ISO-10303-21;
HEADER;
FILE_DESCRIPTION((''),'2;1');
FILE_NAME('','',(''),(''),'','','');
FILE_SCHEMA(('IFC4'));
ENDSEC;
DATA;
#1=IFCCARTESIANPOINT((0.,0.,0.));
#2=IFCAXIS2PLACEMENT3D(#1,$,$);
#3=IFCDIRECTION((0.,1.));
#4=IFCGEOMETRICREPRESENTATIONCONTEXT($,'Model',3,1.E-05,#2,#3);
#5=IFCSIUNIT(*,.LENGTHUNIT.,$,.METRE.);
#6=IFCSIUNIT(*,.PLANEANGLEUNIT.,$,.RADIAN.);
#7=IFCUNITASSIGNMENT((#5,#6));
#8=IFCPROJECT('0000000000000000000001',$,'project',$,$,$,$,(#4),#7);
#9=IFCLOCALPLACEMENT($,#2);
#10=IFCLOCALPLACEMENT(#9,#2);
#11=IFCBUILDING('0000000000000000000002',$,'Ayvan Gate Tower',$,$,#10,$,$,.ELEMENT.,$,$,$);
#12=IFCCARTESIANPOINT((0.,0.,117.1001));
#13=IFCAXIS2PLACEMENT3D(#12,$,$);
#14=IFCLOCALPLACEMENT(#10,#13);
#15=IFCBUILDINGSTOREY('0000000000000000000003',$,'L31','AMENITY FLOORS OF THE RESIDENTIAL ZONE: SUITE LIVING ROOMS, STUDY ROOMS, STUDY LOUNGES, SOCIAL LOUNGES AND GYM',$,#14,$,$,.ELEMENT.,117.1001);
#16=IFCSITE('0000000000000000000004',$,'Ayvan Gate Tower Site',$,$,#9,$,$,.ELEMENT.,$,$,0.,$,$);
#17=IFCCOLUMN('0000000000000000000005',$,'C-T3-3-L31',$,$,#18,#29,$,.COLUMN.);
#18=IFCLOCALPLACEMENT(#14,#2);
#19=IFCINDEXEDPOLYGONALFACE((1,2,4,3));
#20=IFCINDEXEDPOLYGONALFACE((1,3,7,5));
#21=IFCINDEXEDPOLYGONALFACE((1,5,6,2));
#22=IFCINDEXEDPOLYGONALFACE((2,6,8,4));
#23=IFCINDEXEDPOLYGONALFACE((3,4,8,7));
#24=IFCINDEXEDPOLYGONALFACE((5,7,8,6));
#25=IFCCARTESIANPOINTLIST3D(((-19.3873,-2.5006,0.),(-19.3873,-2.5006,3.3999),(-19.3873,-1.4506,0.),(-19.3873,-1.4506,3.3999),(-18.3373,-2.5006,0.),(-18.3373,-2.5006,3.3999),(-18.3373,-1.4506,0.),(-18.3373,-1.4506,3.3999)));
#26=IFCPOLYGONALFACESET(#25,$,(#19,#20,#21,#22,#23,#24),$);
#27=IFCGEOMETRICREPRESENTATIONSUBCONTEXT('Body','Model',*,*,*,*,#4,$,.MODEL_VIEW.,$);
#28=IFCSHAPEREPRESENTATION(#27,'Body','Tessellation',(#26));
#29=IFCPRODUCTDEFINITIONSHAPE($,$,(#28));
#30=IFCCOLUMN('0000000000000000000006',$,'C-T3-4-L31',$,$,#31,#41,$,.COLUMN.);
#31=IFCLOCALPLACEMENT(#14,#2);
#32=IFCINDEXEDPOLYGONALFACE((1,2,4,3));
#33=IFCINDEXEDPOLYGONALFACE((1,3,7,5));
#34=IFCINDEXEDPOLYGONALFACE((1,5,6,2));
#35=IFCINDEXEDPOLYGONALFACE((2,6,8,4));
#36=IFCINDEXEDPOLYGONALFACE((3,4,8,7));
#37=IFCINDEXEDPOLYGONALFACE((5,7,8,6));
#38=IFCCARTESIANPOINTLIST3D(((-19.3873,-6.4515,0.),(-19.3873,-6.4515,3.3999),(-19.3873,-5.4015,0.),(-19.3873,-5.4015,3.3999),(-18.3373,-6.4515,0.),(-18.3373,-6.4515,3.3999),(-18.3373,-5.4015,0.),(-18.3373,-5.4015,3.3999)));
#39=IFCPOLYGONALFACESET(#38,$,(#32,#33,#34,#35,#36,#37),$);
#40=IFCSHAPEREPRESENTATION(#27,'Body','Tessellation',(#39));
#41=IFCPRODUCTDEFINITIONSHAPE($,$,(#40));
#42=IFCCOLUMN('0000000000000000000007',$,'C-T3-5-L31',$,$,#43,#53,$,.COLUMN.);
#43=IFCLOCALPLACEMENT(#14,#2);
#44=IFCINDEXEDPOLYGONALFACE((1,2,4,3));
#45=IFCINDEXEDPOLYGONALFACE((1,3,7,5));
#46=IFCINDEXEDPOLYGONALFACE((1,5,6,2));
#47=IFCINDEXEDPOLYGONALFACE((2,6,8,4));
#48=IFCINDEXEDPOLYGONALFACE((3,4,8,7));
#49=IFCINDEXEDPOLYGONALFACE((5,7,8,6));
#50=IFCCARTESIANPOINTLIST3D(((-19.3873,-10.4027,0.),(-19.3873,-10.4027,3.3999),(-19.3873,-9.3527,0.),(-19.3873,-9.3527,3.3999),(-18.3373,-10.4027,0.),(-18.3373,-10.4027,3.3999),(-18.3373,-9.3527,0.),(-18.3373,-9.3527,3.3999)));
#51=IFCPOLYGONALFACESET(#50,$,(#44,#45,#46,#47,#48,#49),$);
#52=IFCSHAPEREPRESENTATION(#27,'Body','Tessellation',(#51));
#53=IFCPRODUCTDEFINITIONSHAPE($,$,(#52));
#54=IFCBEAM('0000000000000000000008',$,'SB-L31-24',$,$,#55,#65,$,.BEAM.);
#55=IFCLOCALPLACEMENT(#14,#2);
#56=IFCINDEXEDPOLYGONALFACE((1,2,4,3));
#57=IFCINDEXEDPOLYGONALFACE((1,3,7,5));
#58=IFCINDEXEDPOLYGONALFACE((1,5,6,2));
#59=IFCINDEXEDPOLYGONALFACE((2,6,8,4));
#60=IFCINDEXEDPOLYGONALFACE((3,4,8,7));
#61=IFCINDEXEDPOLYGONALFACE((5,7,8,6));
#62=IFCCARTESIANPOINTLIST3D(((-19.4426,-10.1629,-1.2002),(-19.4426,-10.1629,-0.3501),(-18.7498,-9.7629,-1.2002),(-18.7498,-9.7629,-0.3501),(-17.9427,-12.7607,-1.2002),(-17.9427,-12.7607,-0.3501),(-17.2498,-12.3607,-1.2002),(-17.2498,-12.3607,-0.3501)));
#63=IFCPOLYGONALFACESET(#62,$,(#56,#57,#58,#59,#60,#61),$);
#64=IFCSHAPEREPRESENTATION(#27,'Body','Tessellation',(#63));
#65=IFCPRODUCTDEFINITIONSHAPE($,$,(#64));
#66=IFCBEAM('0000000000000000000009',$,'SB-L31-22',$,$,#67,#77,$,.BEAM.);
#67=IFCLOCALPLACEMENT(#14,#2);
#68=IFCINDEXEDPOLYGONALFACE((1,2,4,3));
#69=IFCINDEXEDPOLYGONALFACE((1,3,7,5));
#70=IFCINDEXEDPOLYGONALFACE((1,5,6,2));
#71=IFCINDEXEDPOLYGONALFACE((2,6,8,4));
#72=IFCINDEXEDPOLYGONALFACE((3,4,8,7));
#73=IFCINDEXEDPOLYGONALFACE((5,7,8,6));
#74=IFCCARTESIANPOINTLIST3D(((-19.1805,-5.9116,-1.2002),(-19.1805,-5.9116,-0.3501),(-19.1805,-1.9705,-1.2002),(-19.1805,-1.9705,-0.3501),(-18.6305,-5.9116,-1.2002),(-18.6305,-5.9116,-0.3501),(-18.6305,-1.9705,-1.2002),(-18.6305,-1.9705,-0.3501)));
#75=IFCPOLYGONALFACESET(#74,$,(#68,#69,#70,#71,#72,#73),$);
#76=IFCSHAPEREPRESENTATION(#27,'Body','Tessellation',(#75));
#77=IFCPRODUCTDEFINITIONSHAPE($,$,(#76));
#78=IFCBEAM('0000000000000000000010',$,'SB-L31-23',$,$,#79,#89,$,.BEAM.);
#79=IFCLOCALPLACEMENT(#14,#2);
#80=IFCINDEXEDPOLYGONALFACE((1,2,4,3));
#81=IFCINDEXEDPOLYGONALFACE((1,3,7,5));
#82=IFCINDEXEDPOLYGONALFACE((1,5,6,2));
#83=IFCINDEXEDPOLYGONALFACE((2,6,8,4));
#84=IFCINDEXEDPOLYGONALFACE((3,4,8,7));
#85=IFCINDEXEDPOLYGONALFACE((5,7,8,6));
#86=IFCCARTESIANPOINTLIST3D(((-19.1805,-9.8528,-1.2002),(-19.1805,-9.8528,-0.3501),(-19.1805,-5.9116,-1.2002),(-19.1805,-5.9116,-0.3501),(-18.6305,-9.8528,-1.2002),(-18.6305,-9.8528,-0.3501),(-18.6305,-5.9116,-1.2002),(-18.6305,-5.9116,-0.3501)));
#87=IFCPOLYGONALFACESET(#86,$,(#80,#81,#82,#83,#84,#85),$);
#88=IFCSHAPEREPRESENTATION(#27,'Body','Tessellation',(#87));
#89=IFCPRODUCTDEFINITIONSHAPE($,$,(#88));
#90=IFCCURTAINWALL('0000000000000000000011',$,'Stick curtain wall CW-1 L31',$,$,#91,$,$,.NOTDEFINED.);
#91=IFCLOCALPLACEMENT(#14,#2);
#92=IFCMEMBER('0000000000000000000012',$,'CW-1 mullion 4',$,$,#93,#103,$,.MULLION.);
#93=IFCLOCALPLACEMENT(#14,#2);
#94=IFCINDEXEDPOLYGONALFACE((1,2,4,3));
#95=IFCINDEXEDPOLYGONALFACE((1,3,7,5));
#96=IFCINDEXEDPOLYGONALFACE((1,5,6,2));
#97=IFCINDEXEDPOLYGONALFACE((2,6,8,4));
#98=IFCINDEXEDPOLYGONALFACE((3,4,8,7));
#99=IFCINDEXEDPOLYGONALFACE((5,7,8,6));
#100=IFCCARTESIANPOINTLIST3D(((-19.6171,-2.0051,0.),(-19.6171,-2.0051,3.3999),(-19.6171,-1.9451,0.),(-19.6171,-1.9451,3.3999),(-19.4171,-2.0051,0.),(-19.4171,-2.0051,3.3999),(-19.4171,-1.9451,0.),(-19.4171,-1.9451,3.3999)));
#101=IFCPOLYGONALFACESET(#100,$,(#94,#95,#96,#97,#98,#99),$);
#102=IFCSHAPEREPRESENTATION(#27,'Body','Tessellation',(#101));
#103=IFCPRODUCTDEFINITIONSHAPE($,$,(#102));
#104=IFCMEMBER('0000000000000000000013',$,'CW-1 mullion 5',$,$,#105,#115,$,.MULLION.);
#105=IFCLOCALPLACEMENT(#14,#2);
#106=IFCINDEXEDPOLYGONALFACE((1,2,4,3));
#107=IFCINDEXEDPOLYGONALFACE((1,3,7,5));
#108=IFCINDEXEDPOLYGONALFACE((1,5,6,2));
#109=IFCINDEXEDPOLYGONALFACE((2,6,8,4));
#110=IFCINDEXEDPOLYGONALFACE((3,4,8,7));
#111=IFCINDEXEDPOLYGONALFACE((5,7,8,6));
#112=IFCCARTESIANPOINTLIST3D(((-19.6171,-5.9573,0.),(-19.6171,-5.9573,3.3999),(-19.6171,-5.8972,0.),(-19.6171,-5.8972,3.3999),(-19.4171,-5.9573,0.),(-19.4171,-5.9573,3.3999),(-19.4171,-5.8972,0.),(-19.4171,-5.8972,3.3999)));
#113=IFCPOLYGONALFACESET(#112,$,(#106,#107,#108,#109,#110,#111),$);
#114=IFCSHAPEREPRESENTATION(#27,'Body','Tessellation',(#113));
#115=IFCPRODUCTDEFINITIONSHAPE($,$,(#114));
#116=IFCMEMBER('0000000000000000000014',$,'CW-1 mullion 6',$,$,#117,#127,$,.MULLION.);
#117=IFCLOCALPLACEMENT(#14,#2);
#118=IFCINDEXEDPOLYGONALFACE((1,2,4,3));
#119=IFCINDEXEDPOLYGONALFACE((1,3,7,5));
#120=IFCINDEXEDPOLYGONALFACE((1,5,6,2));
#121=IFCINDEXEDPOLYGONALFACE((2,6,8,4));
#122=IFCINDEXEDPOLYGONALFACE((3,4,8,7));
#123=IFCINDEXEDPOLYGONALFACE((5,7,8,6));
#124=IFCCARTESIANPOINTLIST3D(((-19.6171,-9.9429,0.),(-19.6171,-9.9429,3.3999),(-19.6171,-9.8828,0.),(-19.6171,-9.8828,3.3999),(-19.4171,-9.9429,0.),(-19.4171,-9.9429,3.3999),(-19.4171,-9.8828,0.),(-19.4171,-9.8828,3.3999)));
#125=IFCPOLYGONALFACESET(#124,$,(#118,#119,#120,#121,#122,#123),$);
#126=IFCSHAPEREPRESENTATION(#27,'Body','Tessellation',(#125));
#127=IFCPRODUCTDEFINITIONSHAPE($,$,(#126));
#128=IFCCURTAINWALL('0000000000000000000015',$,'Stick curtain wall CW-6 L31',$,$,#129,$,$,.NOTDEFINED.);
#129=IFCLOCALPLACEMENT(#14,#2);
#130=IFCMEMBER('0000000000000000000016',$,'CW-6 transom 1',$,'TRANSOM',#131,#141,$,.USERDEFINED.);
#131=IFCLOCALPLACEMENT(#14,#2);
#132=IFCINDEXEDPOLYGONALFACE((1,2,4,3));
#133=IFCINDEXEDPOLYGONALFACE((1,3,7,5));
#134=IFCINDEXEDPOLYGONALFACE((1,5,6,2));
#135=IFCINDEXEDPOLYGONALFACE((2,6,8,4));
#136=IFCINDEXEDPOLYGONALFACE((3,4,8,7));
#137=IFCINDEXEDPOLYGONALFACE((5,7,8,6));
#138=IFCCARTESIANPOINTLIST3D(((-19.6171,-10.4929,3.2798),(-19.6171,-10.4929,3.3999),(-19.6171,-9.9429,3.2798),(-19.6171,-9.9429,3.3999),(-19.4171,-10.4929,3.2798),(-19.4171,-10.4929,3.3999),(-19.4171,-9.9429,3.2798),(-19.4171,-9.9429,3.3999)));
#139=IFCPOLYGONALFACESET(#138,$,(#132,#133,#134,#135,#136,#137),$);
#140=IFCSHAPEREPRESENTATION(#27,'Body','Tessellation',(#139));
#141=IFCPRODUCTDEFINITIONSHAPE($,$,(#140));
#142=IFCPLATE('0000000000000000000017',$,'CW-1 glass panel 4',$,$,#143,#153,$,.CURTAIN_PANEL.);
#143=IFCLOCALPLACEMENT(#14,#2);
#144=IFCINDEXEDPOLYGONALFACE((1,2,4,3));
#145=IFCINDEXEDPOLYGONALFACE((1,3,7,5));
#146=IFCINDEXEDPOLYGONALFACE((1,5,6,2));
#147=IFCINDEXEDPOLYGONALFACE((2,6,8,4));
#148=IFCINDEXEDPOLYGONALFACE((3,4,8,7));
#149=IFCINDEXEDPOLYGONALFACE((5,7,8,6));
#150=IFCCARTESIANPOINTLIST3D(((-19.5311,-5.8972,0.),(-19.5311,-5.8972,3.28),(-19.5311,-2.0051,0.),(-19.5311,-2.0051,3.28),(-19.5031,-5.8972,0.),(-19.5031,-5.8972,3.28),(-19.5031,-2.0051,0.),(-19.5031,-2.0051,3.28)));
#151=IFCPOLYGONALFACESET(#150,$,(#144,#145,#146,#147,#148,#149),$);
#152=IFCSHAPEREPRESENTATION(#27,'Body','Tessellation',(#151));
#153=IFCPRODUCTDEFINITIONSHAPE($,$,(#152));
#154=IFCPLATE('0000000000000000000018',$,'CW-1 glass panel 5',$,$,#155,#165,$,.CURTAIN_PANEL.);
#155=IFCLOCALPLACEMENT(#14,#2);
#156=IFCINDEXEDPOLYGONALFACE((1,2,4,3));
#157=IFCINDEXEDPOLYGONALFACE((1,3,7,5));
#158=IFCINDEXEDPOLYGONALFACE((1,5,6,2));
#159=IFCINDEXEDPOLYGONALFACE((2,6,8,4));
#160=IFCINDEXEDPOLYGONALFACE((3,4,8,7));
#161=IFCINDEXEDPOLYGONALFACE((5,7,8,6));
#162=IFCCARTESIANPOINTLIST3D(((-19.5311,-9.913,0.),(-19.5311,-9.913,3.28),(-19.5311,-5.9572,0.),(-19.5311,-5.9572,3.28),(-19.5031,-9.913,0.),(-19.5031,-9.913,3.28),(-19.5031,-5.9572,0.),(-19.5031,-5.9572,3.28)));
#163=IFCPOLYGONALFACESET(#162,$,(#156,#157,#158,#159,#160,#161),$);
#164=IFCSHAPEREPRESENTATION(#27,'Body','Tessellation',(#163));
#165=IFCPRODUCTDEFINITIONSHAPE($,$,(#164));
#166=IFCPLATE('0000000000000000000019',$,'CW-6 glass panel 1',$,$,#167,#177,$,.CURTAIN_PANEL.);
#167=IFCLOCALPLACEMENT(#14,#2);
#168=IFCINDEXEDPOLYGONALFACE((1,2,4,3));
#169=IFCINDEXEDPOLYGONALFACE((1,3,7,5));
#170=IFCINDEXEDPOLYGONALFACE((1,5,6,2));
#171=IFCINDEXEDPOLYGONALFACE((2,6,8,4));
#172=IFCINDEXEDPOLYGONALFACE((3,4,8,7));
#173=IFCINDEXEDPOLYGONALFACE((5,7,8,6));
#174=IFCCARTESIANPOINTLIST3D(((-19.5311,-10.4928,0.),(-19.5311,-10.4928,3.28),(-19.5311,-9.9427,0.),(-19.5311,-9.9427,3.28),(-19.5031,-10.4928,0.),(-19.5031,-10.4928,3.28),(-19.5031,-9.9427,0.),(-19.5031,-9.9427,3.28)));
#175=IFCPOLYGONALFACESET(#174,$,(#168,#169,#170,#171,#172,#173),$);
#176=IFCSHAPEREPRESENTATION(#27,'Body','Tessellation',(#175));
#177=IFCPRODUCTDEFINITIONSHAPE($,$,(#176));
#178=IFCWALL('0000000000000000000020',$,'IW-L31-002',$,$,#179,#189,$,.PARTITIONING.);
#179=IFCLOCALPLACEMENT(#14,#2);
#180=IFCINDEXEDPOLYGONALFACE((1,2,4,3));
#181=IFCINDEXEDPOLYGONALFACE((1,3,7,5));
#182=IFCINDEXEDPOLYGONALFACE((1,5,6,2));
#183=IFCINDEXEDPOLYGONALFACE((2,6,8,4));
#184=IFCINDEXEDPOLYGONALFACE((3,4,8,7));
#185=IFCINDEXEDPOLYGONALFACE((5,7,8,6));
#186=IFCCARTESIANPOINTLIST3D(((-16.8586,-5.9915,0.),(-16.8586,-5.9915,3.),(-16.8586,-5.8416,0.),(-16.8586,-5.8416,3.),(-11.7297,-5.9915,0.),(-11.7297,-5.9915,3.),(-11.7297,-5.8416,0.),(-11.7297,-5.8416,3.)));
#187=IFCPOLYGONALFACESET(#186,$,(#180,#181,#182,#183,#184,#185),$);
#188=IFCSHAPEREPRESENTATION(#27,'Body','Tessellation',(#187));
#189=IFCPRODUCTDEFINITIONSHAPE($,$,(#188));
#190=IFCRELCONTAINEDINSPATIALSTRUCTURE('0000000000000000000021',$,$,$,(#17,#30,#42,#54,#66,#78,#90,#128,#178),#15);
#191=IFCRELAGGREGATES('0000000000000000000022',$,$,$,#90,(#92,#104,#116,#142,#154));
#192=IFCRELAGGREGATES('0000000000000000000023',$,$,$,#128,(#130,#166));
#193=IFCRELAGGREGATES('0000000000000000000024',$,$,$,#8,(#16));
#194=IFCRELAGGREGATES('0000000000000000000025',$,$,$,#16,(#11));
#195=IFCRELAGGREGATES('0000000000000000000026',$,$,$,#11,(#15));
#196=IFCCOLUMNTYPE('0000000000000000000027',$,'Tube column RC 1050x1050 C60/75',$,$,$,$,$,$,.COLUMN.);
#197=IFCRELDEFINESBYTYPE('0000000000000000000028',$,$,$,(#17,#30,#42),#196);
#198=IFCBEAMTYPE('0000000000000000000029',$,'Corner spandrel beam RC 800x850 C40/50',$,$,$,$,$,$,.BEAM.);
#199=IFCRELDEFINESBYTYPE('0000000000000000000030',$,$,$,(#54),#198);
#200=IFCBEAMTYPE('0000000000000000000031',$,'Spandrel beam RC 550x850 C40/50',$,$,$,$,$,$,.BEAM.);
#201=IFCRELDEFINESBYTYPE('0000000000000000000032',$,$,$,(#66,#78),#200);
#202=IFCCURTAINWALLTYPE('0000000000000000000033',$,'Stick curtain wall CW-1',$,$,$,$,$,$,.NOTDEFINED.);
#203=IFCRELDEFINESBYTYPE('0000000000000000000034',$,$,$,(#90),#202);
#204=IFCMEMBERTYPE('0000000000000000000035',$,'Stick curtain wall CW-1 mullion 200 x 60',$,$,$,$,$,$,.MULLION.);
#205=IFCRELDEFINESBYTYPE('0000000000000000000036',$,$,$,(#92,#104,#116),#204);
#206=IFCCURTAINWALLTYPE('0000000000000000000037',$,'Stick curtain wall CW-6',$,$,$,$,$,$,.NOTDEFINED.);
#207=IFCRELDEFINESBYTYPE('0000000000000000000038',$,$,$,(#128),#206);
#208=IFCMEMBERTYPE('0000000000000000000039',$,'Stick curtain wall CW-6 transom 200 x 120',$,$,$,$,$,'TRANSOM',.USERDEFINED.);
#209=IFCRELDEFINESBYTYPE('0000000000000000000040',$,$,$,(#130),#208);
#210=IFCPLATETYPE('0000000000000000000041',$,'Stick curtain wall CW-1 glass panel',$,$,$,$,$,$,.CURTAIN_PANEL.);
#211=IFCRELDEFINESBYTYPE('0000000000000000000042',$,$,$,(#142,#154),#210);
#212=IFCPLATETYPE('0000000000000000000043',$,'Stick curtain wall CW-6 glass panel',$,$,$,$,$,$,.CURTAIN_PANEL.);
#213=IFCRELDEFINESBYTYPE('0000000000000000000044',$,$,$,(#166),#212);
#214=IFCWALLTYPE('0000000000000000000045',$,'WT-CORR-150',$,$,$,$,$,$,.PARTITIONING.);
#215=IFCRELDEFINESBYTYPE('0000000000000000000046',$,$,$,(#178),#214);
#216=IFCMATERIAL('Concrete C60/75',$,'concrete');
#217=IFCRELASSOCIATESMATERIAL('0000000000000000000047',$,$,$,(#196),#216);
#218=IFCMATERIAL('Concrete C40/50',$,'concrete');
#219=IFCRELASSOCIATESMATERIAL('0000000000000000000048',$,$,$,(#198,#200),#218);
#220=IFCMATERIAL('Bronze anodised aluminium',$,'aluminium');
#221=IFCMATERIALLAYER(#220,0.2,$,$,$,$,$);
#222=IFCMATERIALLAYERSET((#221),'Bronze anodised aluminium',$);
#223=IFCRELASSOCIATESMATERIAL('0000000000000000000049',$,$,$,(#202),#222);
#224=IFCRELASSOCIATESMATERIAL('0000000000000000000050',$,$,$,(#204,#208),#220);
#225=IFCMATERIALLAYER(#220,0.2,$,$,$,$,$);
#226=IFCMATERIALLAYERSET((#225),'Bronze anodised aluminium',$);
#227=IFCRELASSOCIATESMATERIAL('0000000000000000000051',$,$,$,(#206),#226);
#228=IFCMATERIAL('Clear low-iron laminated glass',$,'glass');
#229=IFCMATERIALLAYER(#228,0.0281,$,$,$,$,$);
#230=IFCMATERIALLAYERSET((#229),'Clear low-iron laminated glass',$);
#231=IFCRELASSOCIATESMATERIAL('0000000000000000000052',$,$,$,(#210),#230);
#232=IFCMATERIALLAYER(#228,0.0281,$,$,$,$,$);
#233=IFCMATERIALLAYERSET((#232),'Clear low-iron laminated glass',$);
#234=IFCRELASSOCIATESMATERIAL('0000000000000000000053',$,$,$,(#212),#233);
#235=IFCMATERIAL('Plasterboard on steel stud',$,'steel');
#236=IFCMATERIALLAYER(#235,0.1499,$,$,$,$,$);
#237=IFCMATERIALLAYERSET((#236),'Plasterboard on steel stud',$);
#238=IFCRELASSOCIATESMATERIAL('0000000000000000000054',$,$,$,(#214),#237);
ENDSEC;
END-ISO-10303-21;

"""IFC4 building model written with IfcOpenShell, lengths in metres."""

from ifc_helpers import new_model, si_unit, direction, frame, frame_2d, origin, origin_2d, place, context, subcontext, project, spatial, rectangle, extrude, material, layer, layer_set, material_profile, profile_set, type_object, element, aggregate, save


model = new_model("IFC4")

# Units and contexts
model_context = context("Model", 3, precision=1e-05, world=origin(), true_north=direction((0.0, 1.0)))
body_context = subcontext(model_context, "Body", "Model", "MODEL_VIEW")
ifc_project = project(units=[si_unit("LENGTHUNIT", "METRE"), si_unit("PLANEANGLEUNIT", "RADIAN")], contexts=[model_context])

# Site, building, storey
site_placement = place(None, origin())
site = spatial("IfcSite", under=ifc_project, at=site_placement, Name="Ayvan Gate Tower Site", CompositionType="ELEMENT", RefElevation=0.0)
building_placement = place(site_placement, origin())
building = spatial("IfcBuilding", under=site, at=building_placement, Name="Ayvan Gate Tower", CompositionType="ELEMENT")
storey_placement = place(building_placement, frame((0.0, 0.0, 117.1001)))
storey = spatial("IfcBuildingStorey", under=building, at=storey_placement, Name="L31", Description="AMENITY FLOORS OF THE RESIDENTIAL ZONE: SUITE LIVING ROOMS, STUDY ROOMS, STUDY LOUNGES, SOCIAL LOUNGES AND GYM", CompositionType="ELEMENT", Elevation=117.1001)

# Columns
ifc_material_1 = material(Name="Concrete C60/75", Category="concrete")
ifc_material_profile_1 = material_profile(ifc_material_1, rectangle(XDim=1.05, YDim=1.05, at=origin_2d()), Name="RC 1050x1050")
ifc_profile_set_1 = profile_set([ifc_material_profile_1], Name="Concrete C60/75")
column_type = type_object("IfcColumnType", Name="Tube column RC 1050x1050 C60/75", PredefinedType="COLUMN", material=ifc_profile_set_1)
for number, where, z_axis, x_axis, name in (
    (1, (-18.8623, -1.9756, 0.0), (0.0, 0.0, 1.0), (-1.0, 0.0, 0.0), "C-T3-3-L31"),
    (2, (-18.8623, -5.9265, 0.0), (0.0, 0.0, 1.0), (-1.0, 0.0, 0.0), "C-T3-4-L31"),
    (3, (-18.8623, -9.8777, 0.0), (0.0, 0.0, 1.0), (-1.0, 0.0, 0.0), "C-T3-5-L31"),
):
    element("IfcColumn", number, at=place(storey_placement, frame(where, z_axis=z_axis, x_axis=x_axis)), inside=storey, type_object=column_type, Name=name, PredefinedType="COLUMN", context=body_context, shape_type="SweptSolid", body=[
        extrude(rectangle(XDim=1.05, YDim=1.05, at=origin_2d()), origin(), (0.0, 0.0, 1.0), 3.3999),
    ])

# Beams
ifc_material_2 = material(Name="Concrete C40/50", Category="concrete")
ifc_material_profile_2 = material_profile(ifc_material_2, rectangle(XDim=0.8, YDim=0.8501, at=origin_2d()), Name="RC 800x850")
ifc_profile_set_2 = profile_set([ifc_material_profile_2], Name="Concrete C40/50")
beam_type_1 = type_object("IfcBeamType", Name="Corner spandrel beam RC 800x850 C40/50", PredefinedType="BEAM", material=ifc_profile_set_2)
beam_placement = place(storey_placement, frame((-19.0962, -9.9629, -0.7751), z_axis=(0.500025, -0.866011, 0.0), x_axis=(0.866011, 0.500025, 0.0)))
element("IfcBeam", 4, at=beam_placement, inside=storey, type_object=beam_type_1, Name="SB-L31-24", PredefinedType="BEAM", context=body_context, shape_type="SweptSolid", body=[
    extrude(rectangle(XDim=0.8, YDim=0.8501, at=origin_2d()), origin(), (0.0, 0.0, 1.0), 2.9998),
])
ifc_material_profile_3 = material_profile(ifc_material_2, rectangle(XDim=0.55, YDim=0.8501, at=origin_2d()), Name="RC 550x850")
ifc_profile_set_3 = profile_set([ifc_material_profile_3], Name="Concrete C40/50")
beam_type_2 = type_object("IfcBeamType", Name="Spandrel beam RC 550x850 C40/50", PredefinedType="BEAM", material=ifc_profile_set_3)
for number, where, z_axis, x_axis, name in (
    (5, (-18.9055, -1.9705, -0.7751), (0.0, -1.0, 0.0), (1.0, 0.0, 0.0), "SB-L31-22"),
    (6, (-18.9055, -5.9116, -0.7751), (0.0, -1.0, 0.0), (1.0, 0.0, 0.0), "SB-L31-23"),
):
    element("IfcBeam", number, at=place(storey_placement, frame(where, z_axis=z_axis, x_axis=x_axis)), inside=storey, type_object=beam_type_2, Name=name, PredefinedType="BEAM", context=body_context, shape_type="SweptSolid", body=[
        extrude(rectangle(XDim=0.55, YDim=0.8501, at=origin_2d()), origin(), (0.0, 0.0, 1.0), 3.9412),
    ])

# Curtain wall, members
ifc_material_3 = material(Name="Bronze anodised aluminium", Category="aluminium")
ifc_layer_1 = layer(ifc_material_3, 0.2)
ifc_layer_set_1 = layer_set([ifc_layer_1], Name="Bronze anodised aluminium")
curtain_wall_type_1 = type_object("IfcCurtainWallType", Name="Stick curtain wall CW-1", PredefinedType="NOTDEFINED", material=ifc_layer_set_1)
curtain_wall_1_placement = place(storey_placement, origin())
curtain_wall_1 = element("IfcCurtainWall", 7, at=curtain_wall_1_placement, inside=storey, type_object=curtain_wall_type_1, Name="Stick curtain wall CW-1 L31", PredefinedType="NOTDEFINED")
ifc_material_profile_4 = material_profile(ifc_material_3, rectangle(XDim=0.2, YDim=0.0601, at=origin_2d()), Name="Stick curtain wall CW-1 mullion 200 x 60")
ifc_profile_set_4 = profile_set([ifc_material_profile_4], Name="Bronze anodised aluminium")
member_type_1 = type_object("IfcMemberType", Name="Stick curtain wall CW-1 mullion 200 x 60", PredefinedType="MULLION", material=ifc_profile_set_4)
member_1_placement = place(storey_placement, frame((-19.5171, -1.9751, 0.0), z_axis=(0.0, 0.0, 1.0), x_axis=(-1.0, 0.0, 0.0)))
member_1 = element("IfcMember", 8, at=member_1_placement, type_object=member_type_1, Name="CW-1 mullion 4", PredefinedType="MULLION", context=body_context, shape_type="SweptSolid", body=[
    extrude(rectangle(XDim=0.2, YDim=0.0601, at=origin_2d()), origin(), (0.0, 0.0, 1.0), 3.3999),
])
member_2_placement = place(storey_placement, frame((-19.5171, -5.9272, 0.0), z_axis=(0.0, 0.0, 1.0), x_axis=(-1.0, 0.0, 0.0)))
member_2 = element("IfcMember", 9, at=member_2_placement, type_object=member_type_1, Name="CW-1 mullion 5", PredefinedType="MULLION", context=body_context, shape_type="SweptSolid", body=[
    extrude(rectangle(XDim=0.2, YDim=0.0601, at=origin_2d()), origin(), (0.0, 0.0, 1.0), 3.3999),
])
member_3_placement = place(storey_placement, frame((-19.5171, -9.9128, 0.0), z_axis=(0.0, 0.0, 1.0), x_axis=(-1.0, 0.0, 0.0)))
member_3 = element("IfcMember", 10, at=member_3_placement, type_object=member_type_1, Name="CW-1 mullion 6", PredefinedType="MULLION", context=body_context, shape_type="SweptSolid", body=[
    extrude(rectangle(XDim=0.2, YDim=0.0601, at=origin_2d()), origin(), (0.0, 0.0, 1.0), 3.3999),
])

# Curtain wall, member
ifc_layer_2 = layer(ifc_material_3, 0.2)
ifc_layer_set_2 = layer_set([ifc_layer_2], Name="Bronze anodised aluminium")
curtain_wall_type_2 = type_object("IfcCurtainWallType", Name="Stick curtain wall CW-6", PredefinedType="NOTDEFINED", material=ifc_layer_set_2)
curtain_wall_2_placement = place(storey_placement, origin())
curtain_wall_2 = element("IfcCurtainWall", 11, at=curtain_wall_2_placement, inside=storey, type_object=curtain_wall_type_2, Name="Stick curtain wall CW-6 L31", PredefinedType="NOTDEFINED")
ifc_material_profile_5 = material_profile(ifc_material_3, rectangle(XDim=0.2, YDim=0.1201, at=origin_2d()), Name="Stick curtain wall CW-6 transom 200 x 120")
ifc_profile_set_5 = profile_set([ifc_material_profile_5], Name="Bronze anodised aluminium")
member_type_2 = type_object("IfcMemberType", Name="Stick curtain wall CW-6 transom 200 x 120", ElementType="TRANSOM", PredefinedType="USERDEFINED", material=ifc_profile_set_5)
member_4_placement = place(storey_placement, frame((-19.5171, -9.9429, 3.3398), z_axis=(0.0, -1.0, 0.0), x_axis=(1.0, 0.0, 0.0)))
member_4 = element("IfcMember", 12, at=member_4_placement, type_object=member_type_2, Name="CW-6 transom 1", ObjectType="TRANSOM", PredefinedType="USERDEFINED", context=body_context, shape_type="SweptSolid", body=[
    extrude(rectangle(XDim=0.2, YDim=0.1201, at=origin_2d()), origin(), (0.0, 0.0, 1.0), 0.55),
])

# Plates
ifc_material_4 = material(Name="Clear low-iron laminated glass", Category="glass")
ifc_layer_3 = layer(ifc_material_4, 0.0281)
ifc_layer_set_3 = layer_set([ifc_layer_3], Name="Clear low-iron laminated glass")
plate_type_1 = type_object("IfcPlateType", Name="Stick curtain wall CW-1 glass panel", PredefinedType="CURTAIN_PANEL", material=ifc_layer_set_3)
plate_1_placement = place(storey_placement, frame((-19.5171, -3.9512, 0.0), z_axis=(0.0, 0.0, 1.0), x_axis=(0.0, -1.0, 0.0)))
plate_1 = element("IfcPlate", 13, at=plate_1_placement, type_object=plate_type_1, Name="CW-1 glass panel 4", PredefinedType="CURTAIN_PANEL", context=body_context, shape_type="SweptSolid", body=[
    extrude(rectangle(XDim=3.8921, YDim=0.0281, at=origin_2d()), origin(), (0.0, 0.0, 1.0), 3.28),
])
plate_2_placement = place(storey_placement, frame((-19.5171, -7.9351, 0.0), z_axis=(0.0, 0.0, 1.0), x_axis=(0.0, -1.0, 0.0)))
plate_2 = element("IfcPlate", 14, at=plate_2_placement, type_object=plate_type_1, Name="CW-1 glass panel 5", PredefinedType="CURTAIN_PANEL", context=body_context, shape_type="SweptSolid", body=[
    extrude(rectangle(XDim=3.9558, YDim=0.0281, at=origin_2d()), origin(), (0.0, 0.0, 1.0), 3.28),
])
aggregate(curtain_wall_1, [member_1, member_2, member_3, plate_1, plate_2])
ifc_layer_4 = layer(ifc_material_4, 0.0281)
ifc_layer_set_4 = layer_set([ifc_layer_4], Name="Clear low-iron laminated glass")
plate_type_2 = type_object("IfcPlateType", Name="Stick curtain wall CW-6 glass panel", PredefinedType="CURTAIN_PANEL", material=ifc_layer_set_4)
plate_3_placement = place(storey_placement, frame((-19.5171, -10.2178, 0.0), z_axis=(0.0, 0.0, 1.0), x_axis=(0.0, -1.0, 0.0)))
plate_3 = element("IfcPlate", 15, at=plate_3_placement, type_object=plate_type_2, Name="CW-6 glass panel 1", PredefinedType="CURTAIN_PANEL", context=body_context, shape_type="SweptSolid", body=[
    extrude(rectangle(XDim=0.55, YDim=0.0281, at=origin_2d()), origin(), (0.0, 0.0, 1.0), 3.28),
])
aggregate(curtain_wall_2, [member_4, plate_3])

# Wall
ifc_material_5 = material(Name="Plasterboard on steel stud", Category="steel")
ifc_layer_5 = layer(ifc_material_5, 0.1499)
ifc_layer_set_5 = layer_set([ifc_layer_5], Name="Plasterboard on steel stud")
wall_type_1 = type_object("IfcWallType", Name="WT-CORR-150", PredefinedType="PARTITIONING", material=ifc_layer_set_5)
wall_1_placement = place(storey_placement, frame((-16.8586, -5.9165, 0.0), z_axis=(0.0, 0.0, 1.0), x_axis=(1.0, 0.0, 0.0)))
element("IfcWall", 16, at=wall_1_placement, inside=storey, type_object=wall_type_1, Name="IW-L31-002", PredefinedType="PARTITIONING", context=body_context, shape_type="SweptSolid", body=[
    extrude(rectangle(XDim=5.1289, YDim=0.1499, at=frame_2d((2.5645, 0.0))), origin(), (0.0, 0.0, 1.0), 3.0),
])

save(model, "model.ifc")
